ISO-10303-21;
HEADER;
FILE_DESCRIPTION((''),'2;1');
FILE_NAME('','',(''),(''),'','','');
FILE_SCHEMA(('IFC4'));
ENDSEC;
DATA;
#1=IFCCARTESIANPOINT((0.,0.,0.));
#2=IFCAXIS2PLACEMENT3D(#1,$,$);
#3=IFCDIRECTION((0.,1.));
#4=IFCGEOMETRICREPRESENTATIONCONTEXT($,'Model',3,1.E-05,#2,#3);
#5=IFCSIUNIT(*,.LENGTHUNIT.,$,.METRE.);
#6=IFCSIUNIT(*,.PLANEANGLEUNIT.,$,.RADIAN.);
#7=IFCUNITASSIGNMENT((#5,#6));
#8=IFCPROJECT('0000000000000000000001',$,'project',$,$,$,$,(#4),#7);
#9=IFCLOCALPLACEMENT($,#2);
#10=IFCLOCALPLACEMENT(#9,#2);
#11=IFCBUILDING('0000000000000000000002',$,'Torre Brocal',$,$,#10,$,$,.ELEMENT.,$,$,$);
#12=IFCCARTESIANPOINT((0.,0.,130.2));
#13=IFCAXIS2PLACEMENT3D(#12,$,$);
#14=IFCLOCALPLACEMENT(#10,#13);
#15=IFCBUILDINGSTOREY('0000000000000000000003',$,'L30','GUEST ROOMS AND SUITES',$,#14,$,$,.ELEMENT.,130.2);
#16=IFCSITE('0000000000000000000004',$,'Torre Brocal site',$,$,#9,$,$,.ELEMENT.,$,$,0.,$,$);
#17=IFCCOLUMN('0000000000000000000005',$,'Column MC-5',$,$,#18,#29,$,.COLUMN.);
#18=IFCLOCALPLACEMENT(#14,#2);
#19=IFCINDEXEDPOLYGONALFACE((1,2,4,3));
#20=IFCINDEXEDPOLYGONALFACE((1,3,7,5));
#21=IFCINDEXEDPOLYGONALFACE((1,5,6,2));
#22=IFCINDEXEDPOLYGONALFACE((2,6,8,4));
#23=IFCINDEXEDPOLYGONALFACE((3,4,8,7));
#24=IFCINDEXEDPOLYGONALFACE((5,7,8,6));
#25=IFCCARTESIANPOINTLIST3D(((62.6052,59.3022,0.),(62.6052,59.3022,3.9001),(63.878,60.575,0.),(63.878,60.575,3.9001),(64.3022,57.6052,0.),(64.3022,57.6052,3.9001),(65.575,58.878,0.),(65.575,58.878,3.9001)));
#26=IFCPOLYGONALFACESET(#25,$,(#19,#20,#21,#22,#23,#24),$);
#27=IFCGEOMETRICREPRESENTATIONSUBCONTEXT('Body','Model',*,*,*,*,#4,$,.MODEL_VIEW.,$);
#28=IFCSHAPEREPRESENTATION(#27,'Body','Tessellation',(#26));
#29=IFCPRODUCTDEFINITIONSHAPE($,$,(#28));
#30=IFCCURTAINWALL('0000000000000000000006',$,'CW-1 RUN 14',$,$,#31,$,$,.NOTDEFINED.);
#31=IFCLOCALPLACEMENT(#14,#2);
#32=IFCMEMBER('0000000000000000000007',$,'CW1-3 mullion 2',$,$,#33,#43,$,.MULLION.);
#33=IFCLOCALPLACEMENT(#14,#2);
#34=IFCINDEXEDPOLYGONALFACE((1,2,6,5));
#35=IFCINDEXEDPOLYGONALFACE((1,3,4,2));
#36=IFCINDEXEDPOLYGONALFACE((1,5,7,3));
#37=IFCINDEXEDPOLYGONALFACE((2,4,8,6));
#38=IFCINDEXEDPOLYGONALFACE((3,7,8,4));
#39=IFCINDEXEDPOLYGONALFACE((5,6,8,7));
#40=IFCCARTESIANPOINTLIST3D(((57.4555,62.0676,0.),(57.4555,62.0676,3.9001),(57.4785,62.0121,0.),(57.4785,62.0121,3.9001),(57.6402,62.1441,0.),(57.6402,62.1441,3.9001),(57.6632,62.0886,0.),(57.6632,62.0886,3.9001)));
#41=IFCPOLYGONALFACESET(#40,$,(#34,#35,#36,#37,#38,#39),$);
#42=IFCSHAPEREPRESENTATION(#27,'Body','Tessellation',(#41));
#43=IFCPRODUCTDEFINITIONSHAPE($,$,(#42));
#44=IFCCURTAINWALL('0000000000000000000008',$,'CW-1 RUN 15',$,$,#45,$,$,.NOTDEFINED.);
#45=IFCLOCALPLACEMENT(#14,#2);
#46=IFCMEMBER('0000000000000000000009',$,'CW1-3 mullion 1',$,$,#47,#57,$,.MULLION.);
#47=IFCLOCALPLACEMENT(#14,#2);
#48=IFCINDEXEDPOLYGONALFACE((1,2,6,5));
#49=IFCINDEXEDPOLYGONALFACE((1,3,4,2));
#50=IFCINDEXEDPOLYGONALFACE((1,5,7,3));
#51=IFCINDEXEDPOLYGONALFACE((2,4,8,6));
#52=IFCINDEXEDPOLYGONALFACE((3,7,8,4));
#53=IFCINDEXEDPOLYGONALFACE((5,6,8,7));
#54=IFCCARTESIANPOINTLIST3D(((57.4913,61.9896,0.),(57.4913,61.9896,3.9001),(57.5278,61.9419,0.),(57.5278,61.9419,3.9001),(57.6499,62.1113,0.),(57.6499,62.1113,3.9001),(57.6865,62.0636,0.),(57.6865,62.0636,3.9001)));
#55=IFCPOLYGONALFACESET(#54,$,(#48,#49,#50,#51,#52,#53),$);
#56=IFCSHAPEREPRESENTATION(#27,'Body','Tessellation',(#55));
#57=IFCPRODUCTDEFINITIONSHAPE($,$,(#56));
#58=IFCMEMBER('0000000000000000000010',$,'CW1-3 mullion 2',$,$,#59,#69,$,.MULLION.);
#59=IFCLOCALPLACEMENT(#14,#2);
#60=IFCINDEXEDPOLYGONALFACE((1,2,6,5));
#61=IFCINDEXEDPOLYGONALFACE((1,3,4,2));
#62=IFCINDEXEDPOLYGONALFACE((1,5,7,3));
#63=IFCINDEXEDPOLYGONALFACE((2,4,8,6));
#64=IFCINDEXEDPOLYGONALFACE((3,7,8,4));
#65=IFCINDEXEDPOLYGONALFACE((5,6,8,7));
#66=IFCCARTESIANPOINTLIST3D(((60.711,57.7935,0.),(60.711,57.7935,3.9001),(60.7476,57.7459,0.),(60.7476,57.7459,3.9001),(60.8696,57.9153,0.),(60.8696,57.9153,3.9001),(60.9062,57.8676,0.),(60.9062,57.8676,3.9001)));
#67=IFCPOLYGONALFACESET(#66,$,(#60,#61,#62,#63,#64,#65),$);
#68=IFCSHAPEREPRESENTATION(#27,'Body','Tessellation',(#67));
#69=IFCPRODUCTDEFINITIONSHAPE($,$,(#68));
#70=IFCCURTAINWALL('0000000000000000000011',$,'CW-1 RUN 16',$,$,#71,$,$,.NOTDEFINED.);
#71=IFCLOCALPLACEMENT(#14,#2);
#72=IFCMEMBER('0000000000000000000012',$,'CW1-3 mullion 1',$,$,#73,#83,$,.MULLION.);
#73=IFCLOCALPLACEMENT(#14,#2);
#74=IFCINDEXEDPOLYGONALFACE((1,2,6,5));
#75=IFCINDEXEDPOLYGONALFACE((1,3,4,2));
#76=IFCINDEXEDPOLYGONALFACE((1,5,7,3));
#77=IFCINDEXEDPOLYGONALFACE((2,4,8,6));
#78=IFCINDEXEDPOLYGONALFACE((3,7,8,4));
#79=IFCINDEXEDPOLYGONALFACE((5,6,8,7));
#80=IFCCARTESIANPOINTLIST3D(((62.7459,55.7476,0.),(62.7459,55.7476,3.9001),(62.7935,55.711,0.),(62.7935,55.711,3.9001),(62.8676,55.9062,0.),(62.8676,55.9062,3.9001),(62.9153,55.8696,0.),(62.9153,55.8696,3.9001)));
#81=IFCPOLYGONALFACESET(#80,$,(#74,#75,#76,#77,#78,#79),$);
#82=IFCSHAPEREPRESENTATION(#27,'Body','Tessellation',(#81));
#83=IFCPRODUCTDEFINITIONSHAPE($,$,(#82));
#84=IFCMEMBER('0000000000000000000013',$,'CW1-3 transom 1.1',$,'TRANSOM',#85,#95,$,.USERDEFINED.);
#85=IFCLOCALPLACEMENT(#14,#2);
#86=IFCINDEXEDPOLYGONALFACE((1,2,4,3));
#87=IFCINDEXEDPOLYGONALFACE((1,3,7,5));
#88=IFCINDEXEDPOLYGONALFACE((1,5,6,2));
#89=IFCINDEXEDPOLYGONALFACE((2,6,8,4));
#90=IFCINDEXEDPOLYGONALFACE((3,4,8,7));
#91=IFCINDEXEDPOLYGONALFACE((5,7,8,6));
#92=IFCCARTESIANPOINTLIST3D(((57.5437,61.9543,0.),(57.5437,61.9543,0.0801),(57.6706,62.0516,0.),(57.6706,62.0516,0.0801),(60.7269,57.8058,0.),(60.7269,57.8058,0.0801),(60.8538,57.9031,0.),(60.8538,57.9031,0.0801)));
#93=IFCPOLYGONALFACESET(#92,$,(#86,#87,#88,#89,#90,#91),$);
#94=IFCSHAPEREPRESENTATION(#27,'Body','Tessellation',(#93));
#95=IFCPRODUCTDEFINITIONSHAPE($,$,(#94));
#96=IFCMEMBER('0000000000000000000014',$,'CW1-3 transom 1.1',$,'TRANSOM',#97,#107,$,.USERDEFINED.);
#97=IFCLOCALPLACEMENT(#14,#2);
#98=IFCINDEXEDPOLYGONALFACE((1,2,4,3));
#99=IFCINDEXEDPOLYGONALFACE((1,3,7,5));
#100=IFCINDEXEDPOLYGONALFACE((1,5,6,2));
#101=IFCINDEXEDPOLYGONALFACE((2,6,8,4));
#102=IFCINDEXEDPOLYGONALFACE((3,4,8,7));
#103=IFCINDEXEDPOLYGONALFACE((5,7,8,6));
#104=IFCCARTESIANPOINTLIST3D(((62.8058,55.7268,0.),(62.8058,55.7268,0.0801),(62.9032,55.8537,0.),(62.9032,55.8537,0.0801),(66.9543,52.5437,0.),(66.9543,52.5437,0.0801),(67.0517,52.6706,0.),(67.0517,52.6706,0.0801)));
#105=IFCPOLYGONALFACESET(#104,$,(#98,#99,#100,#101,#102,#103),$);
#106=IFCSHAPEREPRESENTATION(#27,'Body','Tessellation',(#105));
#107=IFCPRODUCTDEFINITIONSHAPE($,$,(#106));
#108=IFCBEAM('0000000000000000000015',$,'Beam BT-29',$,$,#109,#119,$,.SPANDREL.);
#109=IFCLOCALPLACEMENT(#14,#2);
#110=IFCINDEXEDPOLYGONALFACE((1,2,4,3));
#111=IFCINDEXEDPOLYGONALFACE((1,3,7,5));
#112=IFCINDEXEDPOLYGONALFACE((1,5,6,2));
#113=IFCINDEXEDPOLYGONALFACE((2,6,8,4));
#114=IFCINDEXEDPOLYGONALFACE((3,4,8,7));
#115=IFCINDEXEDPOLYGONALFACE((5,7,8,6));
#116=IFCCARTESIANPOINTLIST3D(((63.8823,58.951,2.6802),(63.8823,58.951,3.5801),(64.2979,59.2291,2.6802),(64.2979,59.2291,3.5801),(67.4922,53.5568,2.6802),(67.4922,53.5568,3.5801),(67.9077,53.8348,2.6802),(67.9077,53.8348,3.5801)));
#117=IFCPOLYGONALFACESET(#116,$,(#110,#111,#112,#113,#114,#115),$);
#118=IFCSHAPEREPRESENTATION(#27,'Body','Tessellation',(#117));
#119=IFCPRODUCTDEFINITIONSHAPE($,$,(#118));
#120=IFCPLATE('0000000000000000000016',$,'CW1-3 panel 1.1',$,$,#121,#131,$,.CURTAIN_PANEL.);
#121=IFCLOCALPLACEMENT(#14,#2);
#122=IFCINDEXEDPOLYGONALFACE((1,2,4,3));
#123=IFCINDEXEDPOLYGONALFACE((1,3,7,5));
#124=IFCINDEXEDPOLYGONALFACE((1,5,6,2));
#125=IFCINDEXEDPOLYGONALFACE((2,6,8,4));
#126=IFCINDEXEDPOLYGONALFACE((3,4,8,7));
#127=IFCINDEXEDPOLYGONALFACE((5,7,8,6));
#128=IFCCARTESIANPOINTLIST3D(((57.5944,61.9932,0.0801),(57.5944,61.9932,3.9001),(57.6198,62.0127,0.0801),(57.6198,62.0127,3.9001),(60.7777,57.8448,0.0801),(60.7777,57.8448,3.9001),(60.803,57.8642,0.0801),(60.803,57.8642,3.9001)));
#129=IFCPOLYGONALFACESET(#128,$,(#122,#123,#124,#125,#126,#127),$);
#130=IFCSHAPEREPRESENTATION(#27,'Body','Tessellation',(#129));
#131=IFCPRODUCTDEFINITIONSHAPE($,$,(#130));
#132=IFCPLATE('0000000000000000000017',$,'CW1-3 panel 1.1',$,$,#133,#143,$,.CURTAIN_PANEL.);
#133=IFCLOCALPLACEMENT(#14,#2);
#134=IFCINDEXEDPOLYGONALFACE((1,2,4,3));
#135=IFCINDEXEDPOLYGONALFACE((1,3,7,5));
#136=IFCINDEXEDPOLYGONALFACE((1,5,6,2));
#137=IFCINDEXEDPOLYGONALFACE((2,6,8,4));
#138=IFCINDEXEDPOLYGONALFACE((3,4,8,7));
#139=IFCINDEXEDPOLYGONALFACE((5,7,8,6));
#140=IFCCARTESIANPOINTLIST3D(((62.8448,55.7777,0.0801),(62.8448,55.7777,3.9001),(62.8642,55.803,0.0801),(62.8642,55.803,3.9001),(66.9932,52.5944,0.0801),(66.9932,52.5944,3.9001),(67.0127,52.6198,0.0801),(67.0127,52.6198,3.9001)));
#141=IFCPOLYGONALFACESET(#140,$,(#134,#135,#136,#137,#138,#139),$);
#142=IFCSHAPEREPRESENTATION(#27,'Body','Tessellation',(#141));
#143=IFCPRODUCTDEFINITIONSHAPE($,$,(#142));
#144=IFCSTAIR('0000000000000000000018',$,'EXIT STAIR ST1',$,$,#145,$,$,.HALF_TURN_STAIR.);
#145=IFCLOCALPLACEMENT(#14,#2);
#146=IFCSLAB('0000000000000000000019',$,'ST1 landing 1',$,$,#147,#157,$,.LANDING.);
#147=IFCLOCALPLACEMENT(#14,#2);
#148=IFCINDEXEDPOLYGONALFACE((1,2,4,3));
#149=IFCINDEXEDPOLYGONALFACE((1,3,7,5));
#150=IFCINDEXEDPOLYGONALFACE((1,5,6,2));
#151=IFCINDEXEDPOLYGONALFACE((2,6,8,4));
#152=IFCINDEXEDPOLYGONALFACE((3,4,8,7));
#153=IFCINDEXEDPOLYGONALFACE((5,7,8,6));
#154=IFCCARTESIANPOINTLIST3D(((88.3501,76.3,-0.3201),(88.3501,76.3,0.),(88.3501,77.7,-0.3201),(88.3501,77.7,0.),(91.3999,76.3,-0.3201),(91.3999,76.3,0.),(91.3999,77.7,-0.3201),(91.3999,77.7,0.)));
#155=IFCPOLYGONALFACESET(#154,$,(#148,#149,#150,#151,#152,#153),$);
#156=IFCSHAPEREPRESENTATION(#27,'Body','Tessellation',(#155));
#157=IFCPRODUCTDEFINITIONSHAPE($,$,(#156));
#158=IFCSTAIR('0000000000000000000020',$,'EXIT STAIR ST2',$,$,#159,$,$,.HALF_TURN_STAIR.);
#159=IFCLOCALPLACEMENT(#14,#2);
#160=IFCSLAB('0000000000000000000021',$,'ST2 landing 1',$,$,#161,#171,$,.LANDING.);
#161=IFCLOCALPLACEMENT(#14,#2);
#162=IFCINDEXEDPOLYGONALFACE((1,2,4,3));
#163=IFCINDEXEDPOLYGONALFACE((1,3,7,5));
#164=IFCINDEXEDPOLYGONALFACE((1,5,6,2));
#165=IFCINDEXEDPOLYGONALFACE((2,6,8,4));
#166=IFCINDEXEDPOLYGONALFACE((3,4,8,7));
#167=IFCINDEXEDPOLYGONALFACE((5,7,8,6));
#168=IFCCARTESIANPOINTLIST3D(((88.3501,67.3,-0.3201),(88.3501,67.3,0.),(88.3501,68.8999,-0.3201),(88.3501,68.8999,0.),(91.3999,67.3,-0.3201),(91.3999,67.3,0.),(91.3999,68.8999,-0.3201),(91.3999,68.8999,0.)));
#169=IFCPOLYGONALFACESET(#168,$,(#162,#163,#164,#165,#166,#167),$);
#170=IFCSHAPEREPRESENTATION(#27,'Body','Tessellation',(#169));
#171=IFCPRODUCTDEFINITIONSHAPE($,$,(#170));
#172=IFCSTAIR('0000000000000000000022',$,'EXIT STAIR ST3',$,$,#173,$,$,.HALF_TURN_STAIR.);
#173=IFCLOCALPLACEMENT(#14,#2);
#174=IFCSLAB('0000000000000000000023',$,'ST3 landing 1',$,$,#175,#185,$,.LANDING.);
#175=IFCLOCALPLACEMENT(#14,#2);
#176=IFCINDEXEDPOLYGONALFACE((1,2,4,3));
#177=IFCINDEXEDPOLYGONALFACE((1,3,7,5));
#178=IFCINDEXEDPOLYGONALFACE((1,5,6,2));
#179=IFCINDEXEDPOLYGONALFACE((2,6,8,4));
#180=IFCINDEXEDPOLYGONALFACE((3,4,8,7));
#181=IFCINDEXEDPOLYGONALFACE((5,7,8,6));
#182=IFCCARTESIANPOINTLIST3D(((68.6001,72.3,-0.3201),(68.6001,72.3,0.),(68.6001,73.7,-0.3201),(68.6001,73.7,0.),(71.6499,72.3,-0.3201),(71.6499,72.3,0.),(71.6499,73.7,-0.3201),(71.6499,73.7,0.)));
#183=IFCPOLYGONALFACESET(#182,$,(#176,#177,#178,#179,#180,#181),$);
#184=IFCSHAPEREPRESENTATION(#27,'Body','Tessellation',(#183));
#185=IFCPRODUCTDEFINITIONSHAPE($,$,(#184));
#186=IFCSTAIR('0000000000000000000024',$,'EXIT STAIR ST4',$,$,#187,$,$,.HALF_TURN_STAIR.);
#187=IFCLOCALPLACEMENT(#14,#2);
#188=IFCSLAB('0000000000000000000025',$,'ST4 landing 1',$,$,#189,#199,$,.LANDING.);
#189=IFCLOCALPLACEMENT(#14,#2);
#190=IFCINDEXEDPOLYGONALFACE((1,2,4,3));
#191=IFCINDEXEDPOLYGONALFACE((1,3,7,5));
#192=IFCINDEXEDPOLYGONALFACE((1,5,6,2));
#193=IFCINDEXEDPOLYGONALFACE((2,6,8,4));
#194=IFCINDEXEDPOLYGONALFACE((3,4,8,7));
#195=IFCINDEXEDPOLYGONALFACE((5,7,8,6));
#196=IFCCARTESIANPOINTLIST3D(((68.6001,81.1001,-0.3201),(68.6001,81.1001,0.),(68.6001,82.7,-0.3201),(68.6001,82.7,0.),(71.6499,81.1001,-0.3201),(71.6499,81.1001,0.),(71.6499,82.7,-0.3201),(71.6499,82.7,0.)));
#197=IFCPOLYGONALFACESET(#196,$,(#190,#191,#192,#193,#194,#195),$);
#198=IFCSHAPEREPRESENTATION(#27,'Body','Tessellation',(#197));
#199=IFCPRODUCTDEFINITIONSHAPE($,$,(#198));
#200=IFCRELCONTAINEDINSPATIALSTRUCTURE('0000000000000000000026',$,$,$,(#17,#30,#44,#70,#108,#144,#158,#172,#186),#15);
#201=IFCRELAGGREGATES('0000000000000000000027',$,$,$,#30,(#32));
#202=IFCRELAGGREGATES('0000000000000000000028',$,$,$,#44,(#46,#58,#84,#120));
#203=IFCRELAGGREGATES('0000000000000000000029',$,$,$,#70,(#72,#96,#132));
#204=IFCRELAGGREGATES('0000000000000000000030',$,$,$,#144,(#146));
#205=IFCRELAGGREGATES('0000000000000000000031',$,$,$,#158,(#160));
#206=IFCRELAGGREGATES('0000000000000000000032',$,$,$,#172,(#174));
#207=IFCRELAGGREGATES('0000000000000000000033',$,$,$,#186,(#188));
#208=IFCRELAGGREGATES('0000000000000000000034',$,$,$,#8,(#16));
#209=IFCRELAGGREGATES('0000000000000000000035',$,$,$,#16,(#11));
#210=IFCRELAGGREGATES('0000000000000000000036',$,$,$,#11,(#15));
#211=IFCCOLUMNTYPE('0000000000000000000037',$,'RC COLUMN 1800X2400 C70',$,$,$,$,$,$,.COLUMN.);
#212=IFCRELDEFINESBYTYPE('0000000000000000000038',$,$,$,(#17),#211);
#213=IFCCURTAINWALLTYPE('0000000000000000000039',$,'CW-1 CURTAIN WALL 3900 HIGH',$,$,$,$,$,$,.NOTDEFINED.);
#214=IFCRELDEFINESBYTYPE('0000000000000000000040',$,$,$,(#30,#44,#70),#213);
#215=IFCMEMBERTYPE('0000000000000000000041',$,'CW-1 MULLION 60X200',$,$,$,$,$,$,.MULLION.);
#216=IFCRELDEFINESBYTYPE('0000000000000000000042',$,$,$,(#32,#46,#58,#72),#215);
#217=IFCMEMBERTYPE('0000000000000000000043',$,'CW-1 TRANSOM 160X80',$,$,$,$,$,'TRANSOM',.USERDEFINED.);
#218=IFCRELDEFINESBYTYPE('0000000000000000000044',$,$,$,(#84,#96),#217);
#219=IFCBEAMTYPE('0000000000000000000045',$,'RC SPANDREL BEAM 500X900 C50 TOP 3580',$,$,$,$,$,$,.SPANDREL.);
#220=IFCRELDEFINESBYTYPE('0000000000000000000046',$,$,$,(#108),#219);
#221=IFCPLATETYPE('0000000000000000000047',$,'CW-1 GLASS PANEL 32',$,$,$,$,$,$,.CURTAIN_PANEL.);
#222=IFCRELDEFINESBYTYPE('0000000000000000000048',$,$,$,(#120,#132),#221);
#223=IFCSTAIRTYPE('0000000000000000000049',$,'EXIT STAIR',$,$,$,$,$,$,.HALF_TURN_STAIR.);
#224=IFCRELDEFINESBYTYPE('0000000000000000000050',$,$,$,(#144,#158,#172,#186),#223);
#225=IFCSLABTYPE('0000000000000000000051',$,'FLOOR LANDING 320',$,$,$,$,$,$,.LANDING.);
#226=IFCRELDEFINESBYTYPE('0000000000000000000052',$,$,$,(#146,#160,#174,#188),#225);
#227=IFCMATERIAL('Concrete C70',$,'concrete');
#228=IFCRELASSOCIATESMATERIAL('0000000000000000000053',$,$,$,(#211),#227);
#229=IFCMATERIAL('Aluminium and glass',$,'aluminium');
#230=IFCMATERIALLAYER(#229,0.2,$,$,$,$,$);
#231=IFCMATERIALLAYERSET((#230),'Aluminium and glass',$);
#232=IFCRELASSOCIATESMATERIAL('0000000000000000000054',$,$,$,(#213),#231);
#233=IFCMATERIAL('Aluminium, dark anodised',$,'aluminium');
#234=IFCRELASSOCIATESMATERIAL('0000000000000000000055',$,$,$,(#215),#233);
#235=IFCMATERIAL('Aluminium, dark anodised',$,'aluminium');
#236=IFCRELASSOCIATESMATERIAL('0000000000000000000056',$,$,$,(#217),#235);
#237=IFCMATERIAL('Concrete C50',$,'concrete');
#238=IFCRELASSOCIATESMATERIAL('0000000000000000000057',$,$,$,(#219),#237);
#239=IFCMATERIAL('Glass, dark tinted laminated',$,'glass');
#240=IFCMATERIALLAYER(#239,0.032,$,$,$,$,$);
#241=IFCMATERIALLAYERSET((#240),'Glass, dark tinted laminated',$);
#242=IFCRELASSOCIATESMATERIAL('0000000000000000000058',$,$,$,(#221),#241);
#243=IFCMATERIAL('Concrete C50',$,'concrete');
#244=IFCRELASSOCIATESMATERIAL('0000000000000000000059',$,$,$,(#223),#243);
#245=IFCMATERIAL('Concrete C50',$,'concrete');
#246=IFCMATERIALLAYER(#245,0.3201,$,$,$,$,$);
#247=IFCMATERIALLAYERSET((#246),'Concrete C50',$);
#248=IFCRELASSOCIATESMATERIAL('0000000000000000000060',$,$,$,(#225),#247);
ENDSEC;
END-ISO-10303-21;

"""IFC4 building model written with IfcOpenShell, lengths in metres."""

from ifc_helpers import new_model, si_unit, direction, frame, origin, origin_2d, place, context, subcontext, project, spatial, polyline, rectangle, outline, extrude, material, layer, layer_set, material_profile, profile_set, type_object, element, aggregate, save


model = new_model("IFC4")

# Units and contexts
model_context = context("Model", 3, precision=1e-05, world=origin(), true_north=direction((0.0, 1.0)))
body_context = subcontext(model_context, "Body", "Model", "MODEL_VIEW")
ifc_project = project(units=[si_unit("LENGTHUNIT", "METRE"), si_unit("PLANEANGLEUNIT", "RADIAN")], contexts=[model_context])

# Site, building, storey
site_placement = place(None, origin())
site = spatial("IfcSite", under=ifc_project, at=site_placement, Name="Torre Brocal site", CompositionType="ELEMENT", RefElevation=0.0)
building_placement = place(site_placement, origin())
building = spatial("IfcBuilding", under=site, at=building_placement, Name="Torre Brocal", CompositionType="ELEMENT")
storey_placement = place(building_placement, frame((0.0, 0.0, 130.2)))
storey = spatial("IfcBuildingStorey", under=building, at=storey_placement, Name="L30", Description="GUEST ROOMS AND SUITES", CompositionType="ELEMENT", Elevation=130.2)

# Column
ifc_material_1 = material(Name="Concrete C70", Category="concrete")
ifc_material_profile_1 = material_profile(ifc_material_1, rectangle(XDim=1.8, YDim=2.3999, at=origin_2d()), Name="RC 1800X2400")
ifc_profile_set_1 = profile_set([ifc_material_profile_1], Name="Concrete C70")
column_type = type_object("IfcColumnType", Name="RC COLUMN 1800X2400 C70", PredefinedType="COLUMN", material=ifc_profile_set_1)
column_placement = place(storey_placement, frame((64.0901, 59.0901, 0.0), z_axis=(0.0, 0.0, 1.0), x_axis=(-0.707107, -0.707107, 0.0)))
element("IfcColumn", 1, at=column_placement, inside=storey, type_object=column_type, Name="Column MC-5", PredefinedType="COLUMN", context=body_context, shape_type="SweptSolid", body=[
    extrude(rectangle(XDim=1.8, YDim=2.3999, at=origin_2d()), origin(), (0.0, 0.0, 1.0), 3.9001),
])

# Curtain wall, member
ifc_material_2 = material(Name="Aluminium and glass", Category="aluminium")
ifc_layer_1 = layer(ifc_material_2, 0.2)
ifc_layer_set_1 = layer_set([ifc_layer_1], Name="Aluminium and glass")
curtain_wall_type = type_object("IfcCurtainWallType", Name="CW-1 CURTAIN WALL 3900 HIGH", PredefinedType="NOTDEFINED", material=ifc_layer_set_1)
curtain_wall_1_placement = place(storey_placement, origin())
curtain_wall_1 = element("IfcCurtainWall", 2, at=curtain_wall_1_placement, inside=storey, type_object=curtain_wall_type, Name="CW-1 RUN 14", PredefinedType="NOTDEFINED")
ifc_material_3 = material(Name="Aluminium, dark anodised", Category="aluminium")
ifc_material_profile_2 = material_profile(ifc_material_3, rectangle(XDim=0.2, YDim=0.0601, at=origin_2d()), Name="CW-1 MULLION 60X200")
ifc_profile_set_2 = profile_set([ifc_material_profile_2], Name="Aluminium, dark anodised")
member_type_1 = type_object("IfcMemberType", Name="CW-1 MULLION 60X200", PredefinedType="MULLION", material=ifc_profile_set_2)
member_1_placement = place(storey_placement, frame((57.5593, 62.0781, 0.0), z_axis=(0.0, 0.0, 1.0), x_axis=(0.92388, 0.382683, 0.0)))
member_1 = element("IfcMember", 3, at=member_1_placement, type_object=member_type_1, Name="CW1-3 mullion 2", PredefinedType="MULLION", context=body_context, shape_type="SweptSolid", body=[
    extrude(rectangle(XDim=0.2, YDim=0.0601, at=origin_2d()), origin(), (0.0, 0.0, 1.0), 3.9001),
])
aggregate(curtain_wall_1, [member_1])

# Curtain wall, members
curtain_wall_2_placement = place(storey_placement, origin())
curtain_wall_2 = element("IfcCurtainWall", 4, at=curtain_wall_2_placement, inside=storey, type_object=curtain_wall_type, Name="CW-1 RUN 15", PredefinedType="NOTDEFINED")
member_2_placement = place(storey_placement, frame((57.5889, 62.0266, 0.0), z_axis=(0.0, 0.0, 1.0), x_axis=(0.793353, 0.608761, 0.0)))
member_2 = element("IfcMember", 5, at=member_2_placement, type_object=member_type_1, Name="CW1-3 mullion 1", PredefinedType="MULLION", context=body_context, shape_type="SweptSolid", body=[
    extrude(rectangle(XDim=0.2, YDim=0.0601, at=origin_2d()), origin(), (0.0, 0.0, 1.0), 3.9001),
])
member_3_placement = place(storey_placement, frame((60.8086, 57.8306, 0.0), z_axis=(0.0, 0.0, 1.0), x_axis=(0.793353, 0.608761, 0.0)))
member_3 = element("IfcMember", 6, at=member_3_placement, type_object=member_type_1, Name="CW1-3 mullion 2", PredefinedType="MULLION", context=body_context, shape_type="SweptSolid", body=[
    extrude(rectangle(XDim=0.2, YDim=0.0601, at=origin_2d()), origin(), (0.0, 0.0, 1.0), 3.9001),
])

# Curtain wall, member
curtain_wall_3_placement = place(storey_placement, origin())
curtain_wall_3 = element("IfcCurtainWall", 7, at=curtain_wall_3_placement, inside=storey, type_object=curtain_wall_type, Name="CW-1 RUN 16", PredefinedType="NOTDEFINED")
member_4_placement = place(storey_placement, frame((62.8306, 55.8086, 0.0), z_axis=(0.0, 0.0, 1.0), x_axis=(0.608761, 0.793353, 0.0)))
member_4 = element("IfcMember", 8, at=member_4_placement, type_object=member_type_1, Name="CW1-3 mullion 1", PredefinedType="MULLION", context=body_context, shape_type="SweptSolid", body=[
    extrude(rectangle(XDim=0.2, YDim=0.0601, at=origin_2d()), origin(), (0.0, 0.0, 1.0), 3.9001),
])

# Members
ifc_material_4 = material(Name="Aluminium, dark anodised", Category="aluminium")
ifc_material_profile_3 = material_profile(ifc_material_4, rectangle(XDim=0.1599, YDim=0.0801, at=origin_2d()), Name="CW-1 TRANSOM 160X80")
ifc_profile_set_3 = profile_set([ifc_material_profile_3], Name="Aluminium, dark anodised")
member_type_2 = type_object("IfcMemberType", Name="CW-1 TRANSOM 160X80", ElementType="TRANSOM", PredefinedType="USERDEFINED", material=ifc_profile_set_3)
member_5_placement = place(storey_placement, frame((57.6072, 62.0029, 0.04), z_axis=(0.608749, -0.793363, 0.0), x_axis=(0.793363, 0.608749, 0.0)))
member_5 = element("IfcMember", 9, at=member_5_placement, type_object=member_type_2, Name="CW1-3 transom 1.1", ObjectType="TRANSOM", PredefinedType="USERDEFINED", context=body_context, shape_type="SweptSolid", body=[
    extrude(rectangle(XDim=0.1599, YDim=0.0801, at=origin_2d()), origin(), (0.0, 0.0, 1.0), 5.229),
])
member_6_placement = place(storey_placement, frame((62.8545, 55.7903, 0.04), z_axis=(0.793363, -0.608749, 0.0), x_axis=(0.608749, 0.793363, 0.0)))
member_6 = element("IfcMember", 10, at=member_6_placement, type_object=member_type_2, Name="CW1-3 transom 1.1", ObjectType="TRANSOM", PredefinedType="USERDEFINED", context=body_context, shape_type="SweptSolid", body=[
    extrude(rectangle(XDim=0.1599, YDim=0.0801, at=origin_2d()), origin(), (0.0, 0.0, 1.0), 5.229),
])

# Beam
ifc_material_5 = material(Name="Concrete C50", Category="concrete")
ifc_material_profile_4 = material_profile(ifc_material_5, rectangle(XDim=0.5, YDim=0.8999, at=origin_2d()), Name="RC 500X900")
ifc_profile_set_4 = profile_set([ifc_material_profile_4], Name="Concrete C50")
beam_type = type_object("IfcBeamType", Name="RC SPANDREL BEAM 500X900 C50 TOP 3580", PredefinedType="SPANDREL", material=ifc_profile_set_4)
beam_placement = place(storey_placement, frame((64.0901, 59.0901, 3.1301), z_axis=(0.556158, -0.831077, 0.0), x_axis=(0.831077, 0.556158, 0.0)))
element("IfcBeam", 11, at=beam_placement, inside=storey, type_object=beam_type, Name="Beam BT-29", PredefinedType="SPANDREL", context=body_context, shape_type="SweptSolid", body=[
    extrude(rectangle(XDim=0.5, YDim=0.8999, at=origin_2d()), origin(), (0.0, 0.0, 1.0), 6.4907),
])

# Plates
ifc_material_6 = material(Name="Glass, dark tinted laminated", Category="glass")
ifc_layer_2 = layer(ifc_material_6, 0.032)
ifc_layer_set_2 = layer_set([ifc_layer_2], Name="Glass, dark tinted laminated")
plate_type = type_object("IfcPlateType", Name="CW-1 GLASS PANEL 32", PredefinedType="CURTAIN_PANEL", material=ifc_layer_set_2)
plate_1_placement = place(storey_placement, frame((59.1987, 59.9287, 0.0801), z_axis=(0.0, 0.0, 1.0), x_axis=(0.608761, -0.793353, 0.0)))
plate_1 = element("IfcPlate", 12, at=plate_1_placement, type_object=plate_type, Name="CW1-3 panel 1.1", PredefinedType="CURTAIN_PANEL", context=body_context, shape_type="SweptSolid", body=[
    extrude(rectangle(XDim=5.229, YDim=0.032, at=origin_2d()), origin(), (0.0, 0.0, 1.0), 3.8201),
])
aggregate(curtain_wall_2, [member_2, member_3, member_5, plate_1])
plate_2_placement = place(storey_placement, frame((64.9287, 54.1987, 0.0801), z_axis=(0.0, 0.0, 1.0), x_axis=(0.793353, -0.608761, 0.0)))
plate_2 = element("IfcPlate", 13, at=plate_2_placement, type_object=plate_type, Name="CW1-3 panel 1.1", PredefinedType="CURTAIN_PANEL", context=body_context, shape_type="SweptSolid", body=[
    extrude(rectangle(XDim=5.229, YDim=0.032, at=origin_2d()), origin(), (0.0, 0.0, 1.0), 3.8201),
])
aggregate(curtain_wall_3, [member_4, member_6, plate_2])

# Stairs, slabs
ifc_material_7 = material(Name="Concrete C50", Category="concrete")
stair_type = type_object("IfcStairType", Name="EXIT STAIR", PredefinedType="HALF_TURN_STAIR", material=ifc_material_7)
stair_1_placement = place(storey_placement, origin())
stair_1 = element("IfcStair", 14, at=stair_1_placement, inside=storey, type_object=stair_type, Name="EXIT STAIR ST1", PredefinedType="HALF_TURN_STAIR")
ifc_material_8 = material(Name="Concrete C50", Category="concrete")
ifc_layer_3 = layer(ifc_material_8, 0.3201)
ifc_layer_set_3 = layer_set([ifc_layer_3], Name="Concrete C50")
slab_type_1 = type_object("IfcSlabType", Name="FLOOR LANDING 320", PredefinedType="LANDING", material=ifc_layer_set_3)
slab_1_placement = place(storey_placement, frame((0.0, 0.0, -0.3201)))
slab_1 = element("IfcSlab", 15, at=slab_1_placement, type_object=slab_type_1, Name="ST1 landing 1", PredefinedType="LANDING", context=body_context, shape_type="SweptSolid", body=[
    extrude(outline(polyline([(88.3501, 76.3), (91.3999, 76.3), (91.3999, 77.7), (88.3501, 77.7), (88.3501, 76.3)])), origin(), (0.0, 0.0, 1.0), 0.3201),
])
stair_2_placement = place(storey_placement, origin())
stair_2 = element("IfcStair", 16, at=stair_2_placement, inside=storey, type_object=stair_type, Name="EXIT STAIR ST2", PredefinedType="HALF_TURN_STAIR")
slab_2_placement = place(storey_placement, frame((0.0, 0.0, -0.3201)))
slab_2 = element("IfcSlab", 17, at=slab_2_placement, type_object=slab_type_1, Name="ST2 landing 1", PredefinedType="LANDING", context=body_context, shape_type="SweptSolid", body=[
    extrude(outline(polyline([(88.3501, 67.3), (91.3999, 67.3), (91.3999, 68.8999), (88.3501, 68.8999), (88.3501, 67.3)])), origin(), (0.0, 0.0, 1.0), 0.3201),
])
stair_3_placement = place(storey_placement, origin())
stair_3 = element("IfcStair", 18, at=stair_3_placement, inside=storey, type_object=stair_type, Name="EXIT STAIR ST3", PredefinedType="HALF_TURN_STAIR")
slab_3_placement = place(storey_placement, frame((0.0, 0.0, -0.3201)))
slab_3 = element("IfcSlab", 19, at=slab_3_placement, type_object=slab_type_1, Name="ST3 landing 1", PredefinedType="LANDING", context=body_context, shape_type="SweptSolid", body=[
    extrude(outline(polyline([(71.6499, 73.7), (68.6001, 73.7), (68.6001, 72.3), (71.6499, 72.3), (71.6499, 73.7)])), origin(), (0.0, 0.0, 1.0), 0.3201),
])
stair_4_placement = place(storey_placement, origin())
stair_4 = element("IfcStair", 20, at=stair_4_placement, inside=storey, type_object=stair_type, Name="EXIT STAIR ST4", PredefinedType="HALF_TURN_STAIR")
slab_4_placement = place(storey_placement, frame((0.0, 0.0, -0.3201)))
slab_4 = element("IfcSlab", 21, at=slab_4_placement, type_object=slab_type_1, Name="ST4 landing 1", PredefinedType="LANDING", context=body_context, shape_type="SweptSolid", body=[
    extrude(outline(polyline([(71.6499, 82.7), (68.6001, 82.7), (68.6001, 81.1001), (71.6499, 81.1001), (71.6499, 82.7)])), origin(), (0.0, 0.0, 1.0), 0.3201),
])

aggregate(stair_1, [slab_1])
aggregate(stair_2, [slab_2])
aggregate(stair_3, [slab_3])
aggregate(stair_4, [slab_4])

save(model, "model.ifc")
